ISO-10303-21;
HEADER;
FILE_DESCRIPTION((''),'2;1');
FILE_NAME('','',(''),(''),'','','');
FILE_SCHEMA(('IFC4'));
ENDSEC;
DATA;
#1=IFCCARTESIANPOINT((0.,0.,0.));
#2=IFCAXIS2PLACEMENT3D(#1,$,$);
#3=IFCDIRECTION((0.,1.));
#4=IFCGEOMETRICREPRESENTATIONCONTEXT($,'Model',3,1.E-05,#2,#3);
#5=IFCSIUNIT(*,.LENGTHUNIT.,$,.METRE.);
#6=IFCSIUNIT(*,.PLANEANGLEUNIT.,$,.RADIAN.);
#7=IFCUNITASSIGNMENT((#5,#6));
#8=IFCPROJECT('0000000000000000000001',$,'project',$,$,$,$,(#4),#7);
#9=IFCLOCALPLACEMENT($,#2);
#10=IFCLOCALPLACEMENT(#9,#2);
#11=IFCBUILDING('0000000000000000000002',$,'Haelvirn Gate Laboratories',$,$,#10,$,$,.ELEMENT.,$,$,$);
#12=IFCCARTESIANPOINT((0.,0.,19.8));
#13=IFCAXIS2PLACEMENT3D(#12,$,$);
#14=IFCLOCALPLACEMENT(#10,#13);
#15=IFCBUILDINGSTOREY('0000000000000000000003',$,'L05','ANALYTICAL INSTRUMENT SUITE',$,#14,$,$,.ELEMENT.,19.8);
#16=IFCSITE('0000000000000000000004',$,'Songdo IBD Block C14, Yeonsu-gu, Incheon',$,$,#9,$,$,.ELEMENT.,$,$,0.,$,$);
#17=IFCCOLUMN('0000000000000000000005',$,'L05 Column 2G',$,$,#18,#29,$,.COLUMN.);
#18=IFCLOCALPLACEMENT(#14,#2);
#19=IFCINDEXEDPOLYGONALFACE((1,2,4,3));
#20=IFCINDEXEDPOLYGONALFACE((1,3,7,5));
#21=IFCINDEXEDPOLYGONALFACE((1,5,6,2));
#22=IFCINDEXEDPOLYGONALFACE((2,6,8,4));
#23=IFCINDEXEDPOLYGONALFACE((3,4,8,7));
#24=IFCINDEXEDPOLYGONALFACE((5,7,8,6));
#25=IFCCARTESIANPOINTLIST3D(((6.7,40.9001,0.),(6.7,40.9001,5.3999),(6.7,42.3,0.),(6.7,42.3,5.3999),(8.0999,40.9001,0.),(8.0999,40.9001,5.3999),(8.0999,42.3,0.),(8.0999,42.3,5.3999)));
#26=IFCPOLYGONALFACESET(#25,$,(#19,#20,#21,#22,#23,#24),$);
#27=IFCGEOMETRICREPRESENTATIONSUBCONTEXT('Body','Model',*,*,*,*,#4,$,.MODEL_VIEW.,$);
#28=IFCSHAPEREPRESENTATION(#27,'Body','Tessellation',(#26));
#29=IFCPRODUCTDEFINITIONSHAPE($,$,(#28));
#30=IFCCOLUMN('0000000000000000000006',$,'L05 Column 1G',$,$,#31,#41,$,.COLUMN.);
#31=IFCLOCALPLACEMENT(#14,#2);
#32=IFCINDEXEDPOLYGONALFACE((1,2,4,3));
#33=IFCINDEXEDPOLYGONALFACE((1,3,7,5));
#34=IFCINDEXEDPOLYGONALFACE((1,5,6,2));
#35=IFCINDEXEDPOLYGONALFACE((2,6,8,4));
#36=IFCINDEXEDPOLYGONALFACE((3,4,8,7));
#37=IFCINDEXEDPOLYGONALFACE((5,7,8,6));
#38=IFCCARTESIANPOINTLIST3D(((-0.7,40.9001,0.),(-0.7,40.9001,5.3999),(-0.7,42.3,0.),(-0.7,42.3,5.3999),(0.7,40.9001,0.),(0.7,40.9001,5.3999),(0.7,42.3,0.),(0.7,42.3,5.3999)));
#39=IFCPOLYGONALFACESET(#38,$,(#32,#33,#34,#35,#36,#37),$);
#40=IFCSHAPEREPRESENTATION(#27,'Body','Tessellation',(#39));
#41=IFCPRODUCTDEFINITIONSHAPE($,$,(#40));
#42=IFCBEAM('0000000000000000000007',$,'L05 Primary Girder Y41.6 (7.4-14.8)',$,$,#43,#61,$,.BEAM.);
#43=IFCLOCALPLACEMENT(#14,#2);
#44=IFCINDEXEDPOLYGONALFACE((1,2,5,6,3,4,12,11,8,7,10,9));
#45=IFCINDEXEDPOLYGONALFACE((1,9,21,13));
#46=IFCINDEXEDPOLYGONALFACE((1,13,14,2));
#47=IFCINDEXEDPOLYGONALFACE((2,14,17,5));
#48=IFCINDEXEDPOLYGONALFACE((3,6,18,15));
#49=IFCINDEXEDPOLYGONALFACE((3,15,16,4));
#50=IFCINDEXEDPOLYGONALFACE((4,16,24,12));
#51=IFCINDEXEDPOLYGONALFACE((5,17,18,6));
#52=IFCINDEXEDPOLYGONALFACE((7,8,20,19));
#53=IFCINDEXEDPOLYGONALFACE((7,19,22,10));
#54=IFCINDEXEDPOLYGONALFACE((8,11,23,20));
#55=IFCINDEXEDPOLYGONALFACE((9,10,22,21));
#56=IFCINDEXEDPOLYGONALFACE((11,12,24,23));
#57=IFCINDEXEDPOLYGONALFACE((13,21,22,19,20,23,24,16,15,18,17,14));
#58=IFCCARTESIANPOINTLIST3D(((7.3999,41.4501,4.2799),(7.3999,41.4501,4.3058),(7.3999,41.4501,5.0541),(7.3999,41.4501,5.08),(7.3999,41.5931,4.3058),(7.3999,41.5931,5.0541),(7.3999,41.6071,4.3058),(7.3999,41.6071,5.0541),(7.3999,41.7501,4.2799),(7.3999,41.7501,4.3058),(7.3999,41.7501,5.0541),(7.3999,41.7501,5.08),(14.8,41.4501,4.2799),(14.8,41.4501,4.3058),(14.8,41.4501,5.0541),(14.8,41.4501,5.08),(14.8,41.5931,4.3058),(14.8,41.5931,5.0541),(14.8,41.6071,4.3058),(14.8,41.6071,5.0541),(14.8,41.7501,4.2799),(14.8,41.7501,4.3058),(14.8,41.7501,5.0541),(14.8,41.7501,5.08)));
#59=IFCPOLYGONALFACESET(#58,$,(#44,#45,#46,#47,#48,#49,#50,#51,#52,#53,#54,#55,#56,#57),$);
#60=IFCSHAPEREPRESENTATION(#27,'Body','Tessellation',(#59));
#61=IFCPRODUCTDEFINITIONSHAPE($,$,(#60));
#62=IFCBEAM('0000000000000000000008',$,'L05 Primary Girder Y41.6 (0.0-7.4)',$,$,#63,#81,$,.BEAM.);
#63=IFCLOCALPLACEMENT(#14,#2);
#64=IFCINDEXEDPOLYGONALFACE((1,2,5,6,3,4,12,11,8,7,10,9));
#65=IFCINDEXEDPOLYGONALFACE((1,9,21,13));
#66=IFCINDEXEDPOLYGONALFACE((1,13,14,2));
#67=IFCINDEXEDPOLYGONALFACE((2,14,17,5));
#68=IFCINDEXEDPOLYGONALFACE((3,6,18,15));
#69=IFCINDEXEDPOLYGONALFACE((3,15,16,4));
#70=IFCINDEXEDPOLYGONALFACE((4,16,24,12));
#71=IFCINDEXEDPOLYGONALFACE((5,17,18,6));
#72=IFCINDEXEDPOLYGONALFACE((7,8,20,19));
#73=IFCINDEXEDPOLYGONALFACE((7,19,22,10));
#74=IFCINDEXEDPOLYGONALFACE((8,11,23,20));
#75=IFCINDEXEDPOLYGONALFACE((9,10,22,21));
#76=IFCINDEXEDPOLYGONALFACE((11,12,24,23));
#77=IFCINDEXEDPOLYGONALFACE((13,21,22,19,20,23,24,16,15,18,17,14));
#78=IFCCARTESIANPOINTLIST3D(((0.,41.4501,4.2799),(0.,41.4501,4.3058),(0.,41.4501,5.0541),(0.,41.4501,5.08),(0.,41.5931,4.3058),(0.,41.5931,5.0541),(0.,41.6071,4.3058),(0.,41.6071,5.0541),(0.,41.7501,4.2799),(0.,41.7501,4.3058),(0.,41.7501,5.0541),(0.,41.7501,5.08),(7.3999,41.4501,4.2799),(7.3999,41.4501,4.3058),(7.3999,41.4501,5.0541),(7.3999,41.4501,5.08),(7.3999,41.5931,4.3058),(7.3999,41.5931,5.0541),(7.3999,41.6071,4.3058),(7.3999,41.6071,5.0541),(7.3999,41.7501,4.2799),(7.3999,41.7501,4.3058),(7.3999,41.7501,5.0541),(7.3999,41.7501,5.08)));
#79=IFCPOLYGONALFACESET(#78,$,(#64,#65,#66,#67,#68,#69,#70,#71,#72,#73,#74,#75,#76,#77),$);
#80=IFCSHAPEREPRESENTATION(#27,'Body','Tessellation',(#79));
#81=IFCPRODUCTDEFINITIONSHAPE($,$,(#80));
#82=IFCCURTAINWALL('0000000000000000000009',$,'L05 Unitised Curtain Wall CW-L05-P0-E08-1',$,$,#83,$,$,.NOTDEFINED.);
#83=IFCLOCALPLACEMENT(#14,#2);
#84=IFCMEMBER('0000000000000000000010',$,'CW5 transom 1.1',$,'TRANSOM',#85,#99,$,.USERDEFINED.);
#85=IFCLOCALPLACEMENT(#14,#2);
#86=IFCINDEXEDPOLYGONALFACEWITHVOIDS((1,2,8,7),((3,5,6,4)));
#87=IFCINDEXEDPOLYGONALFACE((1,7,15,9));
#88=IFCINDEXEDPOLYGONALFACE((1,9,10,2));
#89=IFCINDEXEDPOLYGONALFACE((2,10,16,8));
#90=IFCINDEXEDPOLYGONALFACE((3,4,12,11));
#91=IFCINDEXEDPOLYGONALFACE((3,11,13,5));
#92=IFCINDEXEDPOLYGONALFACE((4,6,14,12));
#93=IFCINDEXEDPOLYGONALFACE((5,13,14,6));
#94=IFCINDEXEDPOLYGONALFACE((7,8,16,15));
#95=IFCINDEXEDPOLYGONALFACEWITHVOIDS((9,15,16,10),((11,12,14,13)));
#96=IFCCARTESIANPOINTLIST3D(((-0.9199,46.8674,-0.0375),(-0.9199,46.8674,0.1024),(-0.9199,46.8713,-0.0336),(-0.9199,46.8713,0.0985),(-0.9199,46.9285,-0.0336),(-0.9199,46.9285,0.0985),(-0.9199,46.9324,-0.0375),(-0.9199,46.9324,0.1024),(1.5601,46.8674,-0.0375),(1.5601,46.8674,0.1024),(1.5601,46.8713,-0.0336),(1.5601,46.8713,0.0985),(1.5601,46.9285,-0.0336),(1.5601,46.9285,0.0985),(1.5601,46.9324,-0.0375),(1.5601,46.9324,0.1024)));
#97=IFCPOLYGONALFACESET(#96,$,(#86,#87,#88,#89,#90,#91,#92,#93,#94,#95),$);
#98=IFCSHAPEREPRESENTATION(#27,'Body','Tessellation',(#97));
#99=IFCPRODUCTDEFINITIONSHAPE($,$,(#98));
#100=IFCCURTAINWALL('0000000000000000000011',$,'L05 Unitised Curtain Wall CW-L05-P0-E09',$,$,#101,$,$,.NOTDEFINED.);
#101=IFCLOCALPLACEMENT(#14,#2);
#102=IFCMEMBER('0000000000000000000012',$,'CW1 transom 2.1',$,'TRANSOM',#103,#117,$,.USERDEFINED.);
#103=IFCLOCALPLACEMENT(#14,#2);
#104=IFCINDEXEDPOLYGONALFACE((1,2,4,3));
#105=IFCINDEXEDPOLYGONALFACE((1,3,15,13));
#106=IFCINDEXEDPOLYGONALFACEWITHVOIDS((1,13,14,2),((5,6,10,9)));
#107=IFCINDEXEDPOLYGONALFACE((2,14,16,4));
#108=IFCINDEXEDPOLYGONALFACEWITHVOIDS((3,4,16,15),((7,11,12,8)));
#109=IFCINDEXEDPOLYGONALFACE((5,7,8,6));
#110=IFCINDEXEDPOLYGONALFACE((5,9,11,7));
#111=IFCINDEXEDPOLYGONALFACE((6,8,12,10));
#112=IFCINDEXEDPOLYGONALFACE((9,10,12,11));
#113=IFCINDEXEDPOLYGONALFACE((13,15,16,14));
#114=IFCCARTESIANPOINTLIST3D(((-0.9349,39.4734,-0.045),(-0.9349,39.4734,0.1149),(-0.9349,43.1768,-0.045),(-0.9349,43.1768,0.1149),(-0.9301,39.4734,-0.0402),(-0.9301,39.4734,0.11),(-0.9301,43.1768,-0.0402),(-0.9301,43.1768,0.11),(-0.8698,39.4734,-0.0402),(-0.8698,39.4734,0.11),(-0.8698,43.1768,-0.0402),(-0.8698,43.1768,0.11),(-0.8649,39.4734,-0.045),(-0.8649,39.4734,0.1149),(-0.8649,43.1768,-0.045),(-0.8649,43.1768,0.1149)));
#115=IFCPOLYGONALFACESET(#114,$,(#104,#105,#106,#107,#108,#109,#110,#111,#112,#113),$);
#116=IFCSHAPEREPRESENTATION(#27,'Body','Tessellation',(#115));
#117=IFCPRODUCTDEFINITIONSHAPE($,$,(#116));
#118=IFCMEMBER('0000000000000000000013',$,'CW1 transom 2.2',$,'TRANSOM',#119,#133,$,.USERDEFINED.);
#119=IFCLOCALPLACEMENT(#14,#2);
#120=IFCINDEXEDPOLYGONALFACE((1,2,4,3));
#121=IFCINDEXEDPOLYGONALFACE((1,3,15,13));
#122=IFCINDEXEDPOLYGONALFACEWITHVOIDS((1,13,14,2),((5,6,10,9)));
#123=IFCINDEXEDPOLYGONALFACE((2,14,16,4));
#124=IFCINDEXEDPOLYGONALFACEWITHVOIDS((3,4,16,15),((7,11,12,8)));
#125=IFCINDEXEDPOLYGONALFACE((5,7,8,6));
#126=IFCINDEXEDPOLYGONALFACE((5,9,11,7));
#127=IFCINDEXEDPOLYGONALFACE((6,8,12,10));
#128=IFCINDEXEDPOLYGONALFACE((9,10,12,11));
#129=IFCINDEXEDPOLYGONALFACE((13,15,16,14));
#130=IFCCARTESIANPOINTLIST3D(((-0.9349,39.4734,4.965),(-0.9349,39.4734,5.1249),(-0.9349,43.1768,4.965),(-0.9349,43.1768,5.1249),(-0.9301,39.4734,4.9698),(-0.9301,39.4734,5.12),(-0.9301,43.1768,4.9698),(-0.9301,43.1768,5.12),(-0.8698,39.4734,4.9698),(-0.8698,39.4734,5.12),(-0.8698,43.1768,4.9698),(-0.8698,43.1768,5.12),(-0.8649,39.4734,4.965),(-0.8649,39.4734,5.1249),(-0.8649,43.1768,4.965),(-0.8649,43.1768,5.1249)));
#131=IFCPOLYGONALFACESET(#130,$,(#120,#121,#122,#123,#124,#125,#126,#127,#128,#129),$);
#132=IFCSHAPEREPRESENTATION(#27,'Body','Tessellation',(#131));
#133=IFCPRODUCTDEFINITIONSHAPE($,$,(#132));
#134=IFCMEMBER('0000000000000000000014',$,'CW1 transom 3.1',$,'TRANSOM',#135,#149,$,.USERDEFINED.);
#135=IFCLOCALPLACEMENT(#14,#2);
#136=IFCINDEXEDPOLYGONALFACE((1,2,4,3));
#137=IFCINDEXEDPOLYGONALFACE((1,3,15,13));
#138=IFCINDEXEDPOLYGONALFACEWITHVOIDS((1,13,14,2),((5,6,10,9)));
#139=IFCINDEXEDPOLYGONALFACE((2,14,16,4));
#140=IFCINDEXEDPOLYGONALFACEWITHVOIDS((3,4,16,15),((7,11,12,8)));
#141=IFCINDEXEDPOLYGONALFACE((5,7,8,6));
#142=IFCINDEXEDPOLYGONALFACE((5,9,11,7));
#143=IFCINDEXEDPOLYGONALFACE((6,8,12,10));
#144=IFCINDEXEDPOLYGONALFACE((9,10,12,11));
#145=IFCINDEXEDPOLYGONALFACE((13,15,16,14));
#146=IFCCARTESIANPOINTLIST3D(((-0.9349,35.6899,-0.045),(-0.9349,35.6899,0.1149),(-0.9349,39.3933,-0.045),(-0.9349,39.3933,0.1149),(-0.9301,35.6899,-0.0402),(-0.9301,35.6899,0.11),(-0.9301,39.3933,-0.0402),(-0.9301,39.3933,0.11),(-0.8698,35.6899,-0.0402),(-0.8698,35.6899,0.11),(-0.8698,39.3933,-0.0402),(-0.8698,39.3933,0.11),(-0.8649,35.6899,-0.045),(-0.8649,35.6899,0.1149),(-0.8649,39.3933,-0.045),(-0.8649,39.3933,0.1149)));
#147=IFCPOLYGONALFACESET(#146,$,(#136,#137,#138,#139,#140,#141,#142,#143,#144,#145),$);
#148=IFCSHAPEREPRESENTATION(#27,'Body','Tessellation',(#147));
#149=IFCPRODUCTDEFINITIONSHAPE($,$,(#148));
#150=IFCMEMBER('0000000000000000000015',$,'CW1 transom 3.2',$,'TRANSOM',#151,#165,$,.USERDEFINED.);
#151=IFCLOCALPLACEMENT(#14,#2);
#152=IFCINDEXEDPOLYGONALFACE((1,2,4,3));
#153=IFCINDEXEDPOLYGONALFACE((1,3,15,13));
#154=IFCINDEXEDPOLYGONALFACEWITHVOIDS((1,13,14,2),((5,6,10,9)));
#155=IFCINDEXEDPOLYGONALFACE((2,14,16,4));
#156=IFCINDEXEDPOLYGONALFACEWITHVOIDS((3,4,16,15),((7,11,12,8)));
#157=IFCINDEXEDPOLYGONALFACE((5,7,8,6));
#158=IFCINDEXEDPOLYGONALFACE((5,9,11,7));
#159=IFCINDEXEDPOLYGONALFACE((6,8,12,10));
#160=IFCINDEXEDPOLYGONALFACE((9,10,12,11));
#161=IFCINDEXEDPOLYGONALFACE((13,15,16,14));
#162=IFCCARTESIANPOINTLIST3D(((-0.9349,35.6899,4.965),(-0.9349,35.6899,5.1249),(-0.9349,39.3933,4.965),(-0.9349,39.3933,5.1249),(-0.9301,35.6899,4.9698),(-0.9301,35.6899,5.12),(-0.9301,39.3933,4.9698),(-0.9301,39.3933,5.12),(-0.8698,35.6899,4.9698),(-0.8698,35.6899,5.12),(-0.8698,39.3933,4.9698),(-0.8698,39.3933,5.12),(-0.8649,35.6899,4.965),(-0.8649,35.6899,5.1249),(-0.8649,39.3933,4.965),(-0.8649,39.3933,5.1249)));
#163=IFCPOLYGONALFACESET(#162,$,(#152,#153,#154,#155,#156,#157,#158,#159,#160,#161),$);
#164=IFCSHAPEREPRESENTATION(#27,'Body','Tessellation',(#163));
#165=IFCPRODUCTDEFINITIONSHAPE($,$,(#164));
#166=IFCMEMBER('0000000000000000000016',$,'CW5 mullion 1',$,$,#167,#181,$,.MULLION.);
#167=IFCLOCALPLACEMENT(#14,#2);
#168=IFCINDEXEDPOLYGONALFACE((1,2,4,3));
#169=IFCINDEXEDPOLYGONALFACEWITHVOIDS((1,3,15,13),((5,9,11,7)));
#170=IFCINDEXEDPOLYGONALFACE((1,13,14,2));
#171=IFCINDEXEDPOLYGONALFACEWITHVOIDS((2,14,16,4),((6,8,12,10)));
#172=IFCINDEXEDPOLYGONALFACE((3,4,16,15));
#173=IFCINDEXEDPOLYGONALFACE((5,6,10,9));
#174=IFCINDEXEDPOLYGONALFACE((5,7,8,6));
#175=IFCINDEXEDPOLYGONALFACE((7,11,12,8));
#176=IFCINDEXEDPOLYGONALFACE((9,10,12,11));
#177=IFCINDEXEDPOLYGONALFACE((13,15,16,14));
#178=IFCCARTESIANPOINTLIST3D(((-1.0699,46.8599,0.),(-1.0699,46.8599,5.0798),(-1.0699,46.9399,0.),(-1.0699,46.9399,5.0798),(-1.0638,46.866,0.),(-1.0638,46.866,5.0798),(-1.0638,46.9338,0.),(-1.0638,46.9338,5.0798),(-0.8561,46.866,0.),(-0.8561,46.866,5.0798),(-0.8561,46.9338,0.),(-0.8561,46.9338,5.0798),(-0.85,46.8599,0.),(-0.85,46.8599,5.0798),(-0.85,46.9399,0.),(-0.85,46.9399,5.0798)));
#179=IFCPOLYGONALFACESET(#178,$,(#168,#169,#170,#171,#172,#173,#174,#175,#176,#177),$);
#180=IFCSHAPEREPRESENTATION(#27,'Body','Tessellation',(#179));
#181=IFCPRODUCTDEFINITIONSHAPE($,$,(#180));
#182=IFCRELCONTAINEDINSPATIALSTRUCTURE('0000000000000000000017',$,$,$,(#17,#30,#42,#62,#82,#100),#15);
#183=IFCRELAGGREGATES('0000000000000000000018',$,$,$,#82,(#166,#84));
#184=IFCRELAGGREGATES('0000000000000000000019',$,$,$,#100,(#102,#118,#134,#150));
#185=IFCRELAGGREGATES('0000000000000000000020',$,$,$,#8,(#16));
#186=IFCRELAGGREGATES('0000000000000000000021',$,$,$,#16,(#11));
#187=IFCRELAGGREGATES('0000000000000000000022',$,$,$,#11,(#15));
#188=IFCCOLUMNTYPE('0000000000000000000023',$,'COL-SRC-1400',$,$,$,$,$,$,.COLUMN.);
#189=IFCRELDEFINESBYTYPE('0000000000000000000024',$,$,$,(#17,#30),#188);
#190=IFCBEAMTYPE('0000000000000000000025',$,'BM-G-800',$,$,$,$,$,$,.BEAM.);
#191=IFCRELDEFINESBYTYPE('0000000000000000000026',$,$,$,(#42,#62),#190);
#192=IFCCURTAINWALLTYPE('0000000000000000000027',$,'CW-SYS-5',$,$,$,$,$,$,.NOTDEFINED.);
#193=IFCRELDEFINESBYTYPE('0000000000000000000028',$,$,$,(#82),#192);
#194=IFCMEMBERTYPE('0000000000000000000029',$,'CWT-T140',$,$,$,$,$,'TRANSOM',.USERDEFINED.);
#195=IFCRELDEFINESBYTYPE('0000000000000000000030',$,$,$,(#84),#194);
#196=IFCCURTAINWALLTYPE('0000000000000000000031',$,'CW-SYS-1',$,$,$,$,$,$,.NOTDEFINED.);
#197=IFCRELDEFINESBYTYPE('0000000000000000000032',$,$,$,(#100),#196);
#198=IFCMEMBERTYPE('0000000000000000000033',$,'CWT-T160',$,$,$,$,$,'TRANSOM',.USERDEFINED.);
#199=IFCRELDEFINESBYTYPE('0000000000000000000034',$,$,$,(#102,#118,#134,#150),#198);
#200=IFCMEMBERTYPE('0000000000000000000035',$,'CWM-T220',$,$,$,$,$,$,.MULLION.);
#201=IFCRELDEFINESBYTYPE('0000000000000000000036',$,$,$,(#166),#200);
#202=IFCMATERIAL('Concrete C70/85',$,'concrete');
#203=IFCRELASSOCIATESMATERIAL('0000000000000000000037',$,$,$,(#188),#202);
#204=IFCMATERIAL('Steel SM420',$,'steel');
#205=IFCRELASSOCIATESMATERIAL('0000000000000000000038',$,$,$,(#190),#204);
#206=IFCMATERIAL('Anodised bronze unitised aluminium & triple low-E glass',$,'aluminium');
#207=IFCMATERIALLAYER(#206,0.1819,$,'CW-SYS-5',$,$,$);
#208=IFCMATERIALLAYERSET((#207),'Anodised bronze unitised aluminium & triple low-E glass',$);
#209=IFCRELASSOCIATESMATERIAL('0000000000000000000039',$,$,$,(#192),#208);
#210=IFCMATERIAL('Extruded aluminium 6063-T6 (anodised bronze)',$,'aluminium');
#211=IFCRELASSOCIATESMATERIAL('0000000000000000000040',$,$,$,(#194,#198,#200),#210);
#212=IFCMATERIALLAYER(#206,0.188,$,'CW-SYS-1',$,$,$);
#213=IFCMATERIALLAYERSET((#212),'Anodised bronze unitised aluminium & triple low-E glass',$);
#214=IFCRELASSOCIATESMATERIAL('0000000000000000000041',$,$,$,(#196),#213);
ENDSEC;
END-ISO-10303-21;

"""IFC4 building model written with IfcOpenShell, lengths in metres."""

from ifc_helpers import new_model, si_unit, direction, frame, origin, origin_2d, place, context, subcontext, project, spatial, rectangle, hollow_rectangle, i_section, extrude, source, transform, mapped, material, layer, layer_set, material_profile, profile_set, type_object, type_shapes, element, aggregate, save


model = new_model("IFC4")

# Units and contexts
model_context = context("Model", 3, precision=1e-05, world=origin(), true_north=direction((0.0, 1.0)))
body_context = subcontext(model_context, "Body", "Model", "MODEL_VIEW")
ifc_project = project(units=[si_unit("LENGTHUNIT", "METRE"), si_unit("PLANEANGLEUNIT", "RADIAN")], contexts=[model_context])

# Site, building, storey
site_placement = place(None, origin())
site = spatial("IfcSite", under=ifc_project, at=site_placement, Name="Songdo IBD Block C14, Yeonsu-gu, Incheon", CompositionType="ELEMENT", RefElevation=0.0)
building_placement = place(site_placement, origin())
building = spatial("IfcBuilding", under=site, at=building_placement, Name="Haelvirn Gate Laboratories", CompositionType="ELEMENT")
storey_placement = place(building_placement, frame((0.0, 0.0, 19.8)))
storey = spatial("IfcBuildingStorey", under=building, at=storey_placement, Name="L05", Description="ANALYTICAL INSTRUMENT SUITE", CompositionType="ELEMENT", Elevation=19.8)

# Columns
ifc_material_1 = material(Name="Concrete C70/85", Category="concrete")
ifc_material_profile_1 = material_profile(ifc_material_1, rectangle(XDim=1.3999, YDim=1.3999, at=origin_2d()), Name="SRC-1400x1400")
ifc_profile_set_1 = profile_set([ifc_material_profile_1], Name="Concrete C70/85")
column_type = type_object("IfcColumnType", Name="COL-SRC-1400", PredefinedType="COLUMN", material=ifc_profile_set_1)
shared_shape_1 = source(origin(), body_context, "Body", "SweptSolid", [
    extrude(rectangle(XDim=1.3999, YDim=1.3999, at=origin_2d()), origin(), (0.0, 0.0, 1.0), 5.3999),
])
type_shapes(column_type, [shared_shape_1])
for number, where, z_axis, x_axis, name in (
    (1, (7.3999, 41.6001, 0.0), (0.0, 0.0, 1.0), (1.0, 0.0, 0.0), "L05 Column 2G"),
    (2, (0.0, 41.6001, 0.0), (0.0, 0.0, 1.0), (1.0, 0.0, 0.0), "L05 Column 1G"),
):
    element("IfcColumn", number, at=place(storey_placement, frame(where, z_axis=z_axis, x_axis=x_axis)), inside=storey, type_object=column_type, Name=name, PredefinedType="COLUMN", context=body_context, shape_type="MappedRepresentation", body=[
        mapped(shared_shape_1, transform((0.0, 0.0, 0.0), scale=1.0)),
    ])

# Beams
ifc_material_2 = material(Name="Steel SM420", Category="steel")
ifc_material_profile_2 = material_profile(ifc_material_2, i_section(OverallWidth=0.3, OverallDepth=0.8, WebThickness=0.0139, FlangeThickness=0.0259, at=origin_2d()), Name="H-800x300x14x26")
ifc_profile_set_2 = profile_set([ifc_material_profile_2], Name="Steel SM420")
beam_type = type_object("IfcBeamType", Name="BM-G-800", PredefinedType="BEAM", material=ifc_profile_set_2)
shared_shape_2 = source(origin(), body_context, "Body", "SweptSolid", [
    extrude(i_section(OverallWidth=0.3, OverallDepth=0.8, WebThickness=0.0139, FlangeThickness=0.0259, at=origin_2d()), origin(), (0.0, 0.0, 1.0), 7.4001),
])
beam_1_placement = place(storey_placement, frame((7.3999, 41.6001, 4.6799), z_axis=(1.0, 0.0, 0.0), x_axis=(0.0, 1.0, 0.0)))
element("IfcBeam", 3, at=beam_1_placement, inside=storey, type_object=beam_type, Name="L05 Primary Girder Y41.6 (7.4-14.8)", PredefinedType="BEAM", context=body_context, shape_type="MappedRepresentation", body=[
    mapped(shared_shape_2, transform((0.0, 0.0, 0.0), scale=1.0)),
])
shared_shape_3 = source(origin(), body_context, "Body", "SweptSolid", [
    extrude(i_section(OverallWidth=0.3, OverallDepth=0.8, WebThickness=0.0139, FlangeThickness=0.0259, at=origin_2d()), origin(), (0.0, 0.0, 1.0), 7.3999),
])
type_shapes(beam_type, [shared_shape_2, shared_shape_3])
beam_2_placement = place(storey_placement, frame((0.0, 41.6001, 4.6799), z_axis=(1.0, 0.0, 0.0), x_axis=(0.0, 1.0, 0.0)))
element("IfcBeam", 4, at=beam_2_placement, inside=storey, type_object=beam_type, Name="L05 Primary Girder Y41.6 (0.0-7.4)", PredefinedType="BEAM", context=body_context, shape_type="MappedRepresentation", body=[
    mapped(shared_shape_3, transform((0.0, 0.0, 0.0), scale=1.0)),
])

# Curtain wall, member
ifc_material_3 = material(Name="Anodised bronze unitised aluminium & triple low-E glass", Category="aluminium")
ifc_layer_1 = layer(ifc_material_3, 0.1819, Name="CW-SYS-5")
ifc_layer_set_1 = layer_set([ifc_layer_1], Name="Anodised bronze unitised aluminium & triple low-E glass")
curtain_wall_type_1 = type_object("IfcCurtainWallType", Name="CW-SYS-5", PredefinedType="NOTDEFINED", material=ifc_layer_set_1)
curtain_wall_1_placement = place(storey_placement, origin())
curtain_wall_1 = element("IfcCurtainWall", 5, at=curtain_wall_1_placement, inside=storey, type_object=curtain_wall_type_1, Name="L05 Unitised Curtain Wall CW-L05-P0-E08-1", PredefinedType="NOTDEFINED")
ifc_material_4 = material(Name="Extruded aluminium 6063-T6 (anodised bronze)", Category="aluminium")
ifc_material_profile_3 = material_profile(ifc_material_4, hollow_rectangle(XDim=0.0649, YDim=0.1399, WallThickness=0.0039, at=origin_2d()), Name="CWT-140x65x4")
ifc_profile_set_3 = profile_set([ifc_material_profile_3], Name="Extruded aluminium 6063-T6 (anodised bronze)")
member_type_1 = type_object("IfcMemberType", Name="CWT-T140", ElementType="TRANSOM", PredefinedType="USERDEFINED", material=ifc_profile_set_3)
shared_shape_4 = source(origin(), body_context, "Body", "SweptSolid", [
    extrude(hollow_rectangle(XDim=0.0649, YDim=0.1399, WallThickness=0.0039, at=origin_2d()), origin(), (0.0, 0.0, 1.0), 2.48),
])
type_shapes(member_type_1, [shared_shape_4])
member_1_placement = place(storey_placement, frame((-0.9199, 46.8999, 0.0325), z_axis=(1.0, 0.0, 0.0), x_axis=(0.0, 1.0, 0.0)))
member_1 = element("IfcMember", 6, at=member_1_placement, type_object=member_type_1, Name="CW5 transom 1.1", ObjectType="TRANSOM", PredefinedType="USERDEFINED", context=body_context, shape_type="MappedRepresentation", body=[
    mapped(shared_shape_4, transform((0.0, 0.0, 0.0), scale=1.0)),
])

# Curtain wall, members
ifc_layer_2 = layer(ifc_material_3, 0.188, Name="CW-SYS-1")
ifc_layer_set_2 = layer_set([ifc_layer_2], Name="Anodised bronze unitised aluminium & triple low-E glass")
curtain_wall_type_2 = type_object("IfcCurtainWallType", Name="CW-SYS-1", PredefinedType="NOTDEFINED", material=ifc_layer_set_2)
curtain_wall_2_placement = place(storey_placement, origin())
curtain_wall_2 = element("IfcCurtainWall", 7, at=curtain_wall_2_placement, inside=storey, type_object=curtain_wall_type_2, Name="L05 Unitised Curtain Wall CW-L05-P0-E09", PredefinedType="NOTDEFINED")
ifc_material_profile_4 = material_profile(ifc_material_4, hollow_rectangle(XDim=0.0701, YDim=0.1599, WallThickness=0.0049, at=origin_2d()), Name="CWT-160x70x5")
ifc_profile_set_4 = profile_set([ifc_material_profile_4], Name="Extruded aluminium 6063-T6 (anodised bronze)")
member_type_2 = type_object("IfcMemberType", Name="CWT-T160", ElementType="TRANSOM", PredefinedType="USERDEFINED", material=ifc_profile_set_4)
shared_shape_5 = source(origin(), body_context, "Body", "SweptSolid", [
    extrude(hollow_rectangle(XDim=0.0701, YDim=0.1599, WallThickness=0.0049, at=origin_2d()), origin(), (0.0, 0.0, 1.0), 3.7034),
])
type_shapes(member_type_2, [shared_shape_5])
member_2_placement = place(storey_placement, frame((-0.8999, 43.1768, 0.0349), z_axis=(0.0, -1.0, 0.0), x_axis=(1.0, 0.0, 0.0)))
member_2 = element("IfcMember", 8, at=member_2_placement, type_object=member_type_2, Name="CW1 transom 2.1", ObjectType="TRANSOM", PredefinedType="USERDEFINED", context=body_context, shape_type="MappedRepresentation", body=[
    mapped(shared_shape_5, transform((0.0, 0.0, 0.0), scale=1.0)),
])
member_3_placement = place(storey_placement, frame((-0.8999, 43.1768, 5.0449), z_axis=(0.0, -1.0, 0.0), x_axis=(1.0, 0.0, 0.0)))
member_3 = element("IfcMember", 9, at=member_3_placement, type_object=member_type_2, Name="CW1 transom 2.2", ObjectType="TRANSOM", PredefinedType="USERDEFINED", context=body_context, shape_type="MappedRepresentation", body=[
    mapped(shared_shape_5, transform((0.0, 0.0, 0.0), scale=1.0)),
])
member_4_placement = place(storey_placement, frame((-0.8999, 39.3933, 0.0349), z_axis=(0.0, -1.0, 0.0), x_axis=(1.0, 0.0, 0.0)))
member_4 = element("IfcMember", 10, at=member_4_placement, type_object=member_type_2, Name="CW1 transom 3.1", ObjectType="TRANSOM", PredefinedType="USERDEFINED", context=body_context, shape_type="MappedRepresentation", body=[
    mapped(shared_shape_5, transform((0.0, 0.0, 0.0), scale=1.0)),
])
member_5_placement = place(storey_placement, frame((-0.8999, 39.3933, 5.0449), z_axis=(0.0, -1.0, 0.0), x_axis=(1.0, 0.0, 0.0)))
member_5 = element("IfcMember", 11, at=member_5_placement, type_object=member_type_2, Name="CW1 transom 3.2", ObjectType="TRANSOM", PredefinedType="USERDEFINED", context=body_context, shape_type="MappedRepresentation", body=[
    mapped(shared_shape_5, transform((0.0, 0.0, 0.0), scale=1.0)),
])

# Member
ifc_material_profile_5 = material_profile(ifc_material_4, hollow_rectangle(XDim=0.0801, YDim=0.22, WallThickness=0.0061, at=origin_2d()), Name="CWM-220x80x6")
ifc_profile_set_5 = profile_set([ifc_material_profile_5], Name="Extruded aluminium 6063-T6 (anodised bronze)")
member_type_3 = type_object("IfcMemberType", Name="CWM-T220", PredefinedType="MULLION", material=ifc_profile_set_5)
shared_shape_6 = source(origin(), body_context, "Body", "SweptSolid", [
    extrude(hollow_rectangle(XDim=0.0801, YDim=0.22, WallThickness=0.0061, at=origin_2d()), origin(), (0.0, 0.0, 1.0), 5.0798),
])
type_shapes(member_type_3, [shared_shape_6])
member_6_placement = place(storey_placement, frame((-0.96, 46.8999, 0.0), z_axis=(0.0, 0.0, 1.0), x_axis=(0.0, 1.0, 0.0)))
member_6 = element("IfcMember", 12, at=member_6_placement, type_object=member_type_3, Name="CW5 mullion 1", PredefinedType="MULLION", context=body_context, shape_type="MappedRepresentation", body=[
    mapped(shared_shape_6, transform((0.0, 0.0, 0.0), scale=1.0)),
])
aggregate(curtain_wall_1, [member_6, member_1])

aggregate(curtain_wall_2, [member_2, member_3, member_4, member_5])

save(model, "model.ifc")
